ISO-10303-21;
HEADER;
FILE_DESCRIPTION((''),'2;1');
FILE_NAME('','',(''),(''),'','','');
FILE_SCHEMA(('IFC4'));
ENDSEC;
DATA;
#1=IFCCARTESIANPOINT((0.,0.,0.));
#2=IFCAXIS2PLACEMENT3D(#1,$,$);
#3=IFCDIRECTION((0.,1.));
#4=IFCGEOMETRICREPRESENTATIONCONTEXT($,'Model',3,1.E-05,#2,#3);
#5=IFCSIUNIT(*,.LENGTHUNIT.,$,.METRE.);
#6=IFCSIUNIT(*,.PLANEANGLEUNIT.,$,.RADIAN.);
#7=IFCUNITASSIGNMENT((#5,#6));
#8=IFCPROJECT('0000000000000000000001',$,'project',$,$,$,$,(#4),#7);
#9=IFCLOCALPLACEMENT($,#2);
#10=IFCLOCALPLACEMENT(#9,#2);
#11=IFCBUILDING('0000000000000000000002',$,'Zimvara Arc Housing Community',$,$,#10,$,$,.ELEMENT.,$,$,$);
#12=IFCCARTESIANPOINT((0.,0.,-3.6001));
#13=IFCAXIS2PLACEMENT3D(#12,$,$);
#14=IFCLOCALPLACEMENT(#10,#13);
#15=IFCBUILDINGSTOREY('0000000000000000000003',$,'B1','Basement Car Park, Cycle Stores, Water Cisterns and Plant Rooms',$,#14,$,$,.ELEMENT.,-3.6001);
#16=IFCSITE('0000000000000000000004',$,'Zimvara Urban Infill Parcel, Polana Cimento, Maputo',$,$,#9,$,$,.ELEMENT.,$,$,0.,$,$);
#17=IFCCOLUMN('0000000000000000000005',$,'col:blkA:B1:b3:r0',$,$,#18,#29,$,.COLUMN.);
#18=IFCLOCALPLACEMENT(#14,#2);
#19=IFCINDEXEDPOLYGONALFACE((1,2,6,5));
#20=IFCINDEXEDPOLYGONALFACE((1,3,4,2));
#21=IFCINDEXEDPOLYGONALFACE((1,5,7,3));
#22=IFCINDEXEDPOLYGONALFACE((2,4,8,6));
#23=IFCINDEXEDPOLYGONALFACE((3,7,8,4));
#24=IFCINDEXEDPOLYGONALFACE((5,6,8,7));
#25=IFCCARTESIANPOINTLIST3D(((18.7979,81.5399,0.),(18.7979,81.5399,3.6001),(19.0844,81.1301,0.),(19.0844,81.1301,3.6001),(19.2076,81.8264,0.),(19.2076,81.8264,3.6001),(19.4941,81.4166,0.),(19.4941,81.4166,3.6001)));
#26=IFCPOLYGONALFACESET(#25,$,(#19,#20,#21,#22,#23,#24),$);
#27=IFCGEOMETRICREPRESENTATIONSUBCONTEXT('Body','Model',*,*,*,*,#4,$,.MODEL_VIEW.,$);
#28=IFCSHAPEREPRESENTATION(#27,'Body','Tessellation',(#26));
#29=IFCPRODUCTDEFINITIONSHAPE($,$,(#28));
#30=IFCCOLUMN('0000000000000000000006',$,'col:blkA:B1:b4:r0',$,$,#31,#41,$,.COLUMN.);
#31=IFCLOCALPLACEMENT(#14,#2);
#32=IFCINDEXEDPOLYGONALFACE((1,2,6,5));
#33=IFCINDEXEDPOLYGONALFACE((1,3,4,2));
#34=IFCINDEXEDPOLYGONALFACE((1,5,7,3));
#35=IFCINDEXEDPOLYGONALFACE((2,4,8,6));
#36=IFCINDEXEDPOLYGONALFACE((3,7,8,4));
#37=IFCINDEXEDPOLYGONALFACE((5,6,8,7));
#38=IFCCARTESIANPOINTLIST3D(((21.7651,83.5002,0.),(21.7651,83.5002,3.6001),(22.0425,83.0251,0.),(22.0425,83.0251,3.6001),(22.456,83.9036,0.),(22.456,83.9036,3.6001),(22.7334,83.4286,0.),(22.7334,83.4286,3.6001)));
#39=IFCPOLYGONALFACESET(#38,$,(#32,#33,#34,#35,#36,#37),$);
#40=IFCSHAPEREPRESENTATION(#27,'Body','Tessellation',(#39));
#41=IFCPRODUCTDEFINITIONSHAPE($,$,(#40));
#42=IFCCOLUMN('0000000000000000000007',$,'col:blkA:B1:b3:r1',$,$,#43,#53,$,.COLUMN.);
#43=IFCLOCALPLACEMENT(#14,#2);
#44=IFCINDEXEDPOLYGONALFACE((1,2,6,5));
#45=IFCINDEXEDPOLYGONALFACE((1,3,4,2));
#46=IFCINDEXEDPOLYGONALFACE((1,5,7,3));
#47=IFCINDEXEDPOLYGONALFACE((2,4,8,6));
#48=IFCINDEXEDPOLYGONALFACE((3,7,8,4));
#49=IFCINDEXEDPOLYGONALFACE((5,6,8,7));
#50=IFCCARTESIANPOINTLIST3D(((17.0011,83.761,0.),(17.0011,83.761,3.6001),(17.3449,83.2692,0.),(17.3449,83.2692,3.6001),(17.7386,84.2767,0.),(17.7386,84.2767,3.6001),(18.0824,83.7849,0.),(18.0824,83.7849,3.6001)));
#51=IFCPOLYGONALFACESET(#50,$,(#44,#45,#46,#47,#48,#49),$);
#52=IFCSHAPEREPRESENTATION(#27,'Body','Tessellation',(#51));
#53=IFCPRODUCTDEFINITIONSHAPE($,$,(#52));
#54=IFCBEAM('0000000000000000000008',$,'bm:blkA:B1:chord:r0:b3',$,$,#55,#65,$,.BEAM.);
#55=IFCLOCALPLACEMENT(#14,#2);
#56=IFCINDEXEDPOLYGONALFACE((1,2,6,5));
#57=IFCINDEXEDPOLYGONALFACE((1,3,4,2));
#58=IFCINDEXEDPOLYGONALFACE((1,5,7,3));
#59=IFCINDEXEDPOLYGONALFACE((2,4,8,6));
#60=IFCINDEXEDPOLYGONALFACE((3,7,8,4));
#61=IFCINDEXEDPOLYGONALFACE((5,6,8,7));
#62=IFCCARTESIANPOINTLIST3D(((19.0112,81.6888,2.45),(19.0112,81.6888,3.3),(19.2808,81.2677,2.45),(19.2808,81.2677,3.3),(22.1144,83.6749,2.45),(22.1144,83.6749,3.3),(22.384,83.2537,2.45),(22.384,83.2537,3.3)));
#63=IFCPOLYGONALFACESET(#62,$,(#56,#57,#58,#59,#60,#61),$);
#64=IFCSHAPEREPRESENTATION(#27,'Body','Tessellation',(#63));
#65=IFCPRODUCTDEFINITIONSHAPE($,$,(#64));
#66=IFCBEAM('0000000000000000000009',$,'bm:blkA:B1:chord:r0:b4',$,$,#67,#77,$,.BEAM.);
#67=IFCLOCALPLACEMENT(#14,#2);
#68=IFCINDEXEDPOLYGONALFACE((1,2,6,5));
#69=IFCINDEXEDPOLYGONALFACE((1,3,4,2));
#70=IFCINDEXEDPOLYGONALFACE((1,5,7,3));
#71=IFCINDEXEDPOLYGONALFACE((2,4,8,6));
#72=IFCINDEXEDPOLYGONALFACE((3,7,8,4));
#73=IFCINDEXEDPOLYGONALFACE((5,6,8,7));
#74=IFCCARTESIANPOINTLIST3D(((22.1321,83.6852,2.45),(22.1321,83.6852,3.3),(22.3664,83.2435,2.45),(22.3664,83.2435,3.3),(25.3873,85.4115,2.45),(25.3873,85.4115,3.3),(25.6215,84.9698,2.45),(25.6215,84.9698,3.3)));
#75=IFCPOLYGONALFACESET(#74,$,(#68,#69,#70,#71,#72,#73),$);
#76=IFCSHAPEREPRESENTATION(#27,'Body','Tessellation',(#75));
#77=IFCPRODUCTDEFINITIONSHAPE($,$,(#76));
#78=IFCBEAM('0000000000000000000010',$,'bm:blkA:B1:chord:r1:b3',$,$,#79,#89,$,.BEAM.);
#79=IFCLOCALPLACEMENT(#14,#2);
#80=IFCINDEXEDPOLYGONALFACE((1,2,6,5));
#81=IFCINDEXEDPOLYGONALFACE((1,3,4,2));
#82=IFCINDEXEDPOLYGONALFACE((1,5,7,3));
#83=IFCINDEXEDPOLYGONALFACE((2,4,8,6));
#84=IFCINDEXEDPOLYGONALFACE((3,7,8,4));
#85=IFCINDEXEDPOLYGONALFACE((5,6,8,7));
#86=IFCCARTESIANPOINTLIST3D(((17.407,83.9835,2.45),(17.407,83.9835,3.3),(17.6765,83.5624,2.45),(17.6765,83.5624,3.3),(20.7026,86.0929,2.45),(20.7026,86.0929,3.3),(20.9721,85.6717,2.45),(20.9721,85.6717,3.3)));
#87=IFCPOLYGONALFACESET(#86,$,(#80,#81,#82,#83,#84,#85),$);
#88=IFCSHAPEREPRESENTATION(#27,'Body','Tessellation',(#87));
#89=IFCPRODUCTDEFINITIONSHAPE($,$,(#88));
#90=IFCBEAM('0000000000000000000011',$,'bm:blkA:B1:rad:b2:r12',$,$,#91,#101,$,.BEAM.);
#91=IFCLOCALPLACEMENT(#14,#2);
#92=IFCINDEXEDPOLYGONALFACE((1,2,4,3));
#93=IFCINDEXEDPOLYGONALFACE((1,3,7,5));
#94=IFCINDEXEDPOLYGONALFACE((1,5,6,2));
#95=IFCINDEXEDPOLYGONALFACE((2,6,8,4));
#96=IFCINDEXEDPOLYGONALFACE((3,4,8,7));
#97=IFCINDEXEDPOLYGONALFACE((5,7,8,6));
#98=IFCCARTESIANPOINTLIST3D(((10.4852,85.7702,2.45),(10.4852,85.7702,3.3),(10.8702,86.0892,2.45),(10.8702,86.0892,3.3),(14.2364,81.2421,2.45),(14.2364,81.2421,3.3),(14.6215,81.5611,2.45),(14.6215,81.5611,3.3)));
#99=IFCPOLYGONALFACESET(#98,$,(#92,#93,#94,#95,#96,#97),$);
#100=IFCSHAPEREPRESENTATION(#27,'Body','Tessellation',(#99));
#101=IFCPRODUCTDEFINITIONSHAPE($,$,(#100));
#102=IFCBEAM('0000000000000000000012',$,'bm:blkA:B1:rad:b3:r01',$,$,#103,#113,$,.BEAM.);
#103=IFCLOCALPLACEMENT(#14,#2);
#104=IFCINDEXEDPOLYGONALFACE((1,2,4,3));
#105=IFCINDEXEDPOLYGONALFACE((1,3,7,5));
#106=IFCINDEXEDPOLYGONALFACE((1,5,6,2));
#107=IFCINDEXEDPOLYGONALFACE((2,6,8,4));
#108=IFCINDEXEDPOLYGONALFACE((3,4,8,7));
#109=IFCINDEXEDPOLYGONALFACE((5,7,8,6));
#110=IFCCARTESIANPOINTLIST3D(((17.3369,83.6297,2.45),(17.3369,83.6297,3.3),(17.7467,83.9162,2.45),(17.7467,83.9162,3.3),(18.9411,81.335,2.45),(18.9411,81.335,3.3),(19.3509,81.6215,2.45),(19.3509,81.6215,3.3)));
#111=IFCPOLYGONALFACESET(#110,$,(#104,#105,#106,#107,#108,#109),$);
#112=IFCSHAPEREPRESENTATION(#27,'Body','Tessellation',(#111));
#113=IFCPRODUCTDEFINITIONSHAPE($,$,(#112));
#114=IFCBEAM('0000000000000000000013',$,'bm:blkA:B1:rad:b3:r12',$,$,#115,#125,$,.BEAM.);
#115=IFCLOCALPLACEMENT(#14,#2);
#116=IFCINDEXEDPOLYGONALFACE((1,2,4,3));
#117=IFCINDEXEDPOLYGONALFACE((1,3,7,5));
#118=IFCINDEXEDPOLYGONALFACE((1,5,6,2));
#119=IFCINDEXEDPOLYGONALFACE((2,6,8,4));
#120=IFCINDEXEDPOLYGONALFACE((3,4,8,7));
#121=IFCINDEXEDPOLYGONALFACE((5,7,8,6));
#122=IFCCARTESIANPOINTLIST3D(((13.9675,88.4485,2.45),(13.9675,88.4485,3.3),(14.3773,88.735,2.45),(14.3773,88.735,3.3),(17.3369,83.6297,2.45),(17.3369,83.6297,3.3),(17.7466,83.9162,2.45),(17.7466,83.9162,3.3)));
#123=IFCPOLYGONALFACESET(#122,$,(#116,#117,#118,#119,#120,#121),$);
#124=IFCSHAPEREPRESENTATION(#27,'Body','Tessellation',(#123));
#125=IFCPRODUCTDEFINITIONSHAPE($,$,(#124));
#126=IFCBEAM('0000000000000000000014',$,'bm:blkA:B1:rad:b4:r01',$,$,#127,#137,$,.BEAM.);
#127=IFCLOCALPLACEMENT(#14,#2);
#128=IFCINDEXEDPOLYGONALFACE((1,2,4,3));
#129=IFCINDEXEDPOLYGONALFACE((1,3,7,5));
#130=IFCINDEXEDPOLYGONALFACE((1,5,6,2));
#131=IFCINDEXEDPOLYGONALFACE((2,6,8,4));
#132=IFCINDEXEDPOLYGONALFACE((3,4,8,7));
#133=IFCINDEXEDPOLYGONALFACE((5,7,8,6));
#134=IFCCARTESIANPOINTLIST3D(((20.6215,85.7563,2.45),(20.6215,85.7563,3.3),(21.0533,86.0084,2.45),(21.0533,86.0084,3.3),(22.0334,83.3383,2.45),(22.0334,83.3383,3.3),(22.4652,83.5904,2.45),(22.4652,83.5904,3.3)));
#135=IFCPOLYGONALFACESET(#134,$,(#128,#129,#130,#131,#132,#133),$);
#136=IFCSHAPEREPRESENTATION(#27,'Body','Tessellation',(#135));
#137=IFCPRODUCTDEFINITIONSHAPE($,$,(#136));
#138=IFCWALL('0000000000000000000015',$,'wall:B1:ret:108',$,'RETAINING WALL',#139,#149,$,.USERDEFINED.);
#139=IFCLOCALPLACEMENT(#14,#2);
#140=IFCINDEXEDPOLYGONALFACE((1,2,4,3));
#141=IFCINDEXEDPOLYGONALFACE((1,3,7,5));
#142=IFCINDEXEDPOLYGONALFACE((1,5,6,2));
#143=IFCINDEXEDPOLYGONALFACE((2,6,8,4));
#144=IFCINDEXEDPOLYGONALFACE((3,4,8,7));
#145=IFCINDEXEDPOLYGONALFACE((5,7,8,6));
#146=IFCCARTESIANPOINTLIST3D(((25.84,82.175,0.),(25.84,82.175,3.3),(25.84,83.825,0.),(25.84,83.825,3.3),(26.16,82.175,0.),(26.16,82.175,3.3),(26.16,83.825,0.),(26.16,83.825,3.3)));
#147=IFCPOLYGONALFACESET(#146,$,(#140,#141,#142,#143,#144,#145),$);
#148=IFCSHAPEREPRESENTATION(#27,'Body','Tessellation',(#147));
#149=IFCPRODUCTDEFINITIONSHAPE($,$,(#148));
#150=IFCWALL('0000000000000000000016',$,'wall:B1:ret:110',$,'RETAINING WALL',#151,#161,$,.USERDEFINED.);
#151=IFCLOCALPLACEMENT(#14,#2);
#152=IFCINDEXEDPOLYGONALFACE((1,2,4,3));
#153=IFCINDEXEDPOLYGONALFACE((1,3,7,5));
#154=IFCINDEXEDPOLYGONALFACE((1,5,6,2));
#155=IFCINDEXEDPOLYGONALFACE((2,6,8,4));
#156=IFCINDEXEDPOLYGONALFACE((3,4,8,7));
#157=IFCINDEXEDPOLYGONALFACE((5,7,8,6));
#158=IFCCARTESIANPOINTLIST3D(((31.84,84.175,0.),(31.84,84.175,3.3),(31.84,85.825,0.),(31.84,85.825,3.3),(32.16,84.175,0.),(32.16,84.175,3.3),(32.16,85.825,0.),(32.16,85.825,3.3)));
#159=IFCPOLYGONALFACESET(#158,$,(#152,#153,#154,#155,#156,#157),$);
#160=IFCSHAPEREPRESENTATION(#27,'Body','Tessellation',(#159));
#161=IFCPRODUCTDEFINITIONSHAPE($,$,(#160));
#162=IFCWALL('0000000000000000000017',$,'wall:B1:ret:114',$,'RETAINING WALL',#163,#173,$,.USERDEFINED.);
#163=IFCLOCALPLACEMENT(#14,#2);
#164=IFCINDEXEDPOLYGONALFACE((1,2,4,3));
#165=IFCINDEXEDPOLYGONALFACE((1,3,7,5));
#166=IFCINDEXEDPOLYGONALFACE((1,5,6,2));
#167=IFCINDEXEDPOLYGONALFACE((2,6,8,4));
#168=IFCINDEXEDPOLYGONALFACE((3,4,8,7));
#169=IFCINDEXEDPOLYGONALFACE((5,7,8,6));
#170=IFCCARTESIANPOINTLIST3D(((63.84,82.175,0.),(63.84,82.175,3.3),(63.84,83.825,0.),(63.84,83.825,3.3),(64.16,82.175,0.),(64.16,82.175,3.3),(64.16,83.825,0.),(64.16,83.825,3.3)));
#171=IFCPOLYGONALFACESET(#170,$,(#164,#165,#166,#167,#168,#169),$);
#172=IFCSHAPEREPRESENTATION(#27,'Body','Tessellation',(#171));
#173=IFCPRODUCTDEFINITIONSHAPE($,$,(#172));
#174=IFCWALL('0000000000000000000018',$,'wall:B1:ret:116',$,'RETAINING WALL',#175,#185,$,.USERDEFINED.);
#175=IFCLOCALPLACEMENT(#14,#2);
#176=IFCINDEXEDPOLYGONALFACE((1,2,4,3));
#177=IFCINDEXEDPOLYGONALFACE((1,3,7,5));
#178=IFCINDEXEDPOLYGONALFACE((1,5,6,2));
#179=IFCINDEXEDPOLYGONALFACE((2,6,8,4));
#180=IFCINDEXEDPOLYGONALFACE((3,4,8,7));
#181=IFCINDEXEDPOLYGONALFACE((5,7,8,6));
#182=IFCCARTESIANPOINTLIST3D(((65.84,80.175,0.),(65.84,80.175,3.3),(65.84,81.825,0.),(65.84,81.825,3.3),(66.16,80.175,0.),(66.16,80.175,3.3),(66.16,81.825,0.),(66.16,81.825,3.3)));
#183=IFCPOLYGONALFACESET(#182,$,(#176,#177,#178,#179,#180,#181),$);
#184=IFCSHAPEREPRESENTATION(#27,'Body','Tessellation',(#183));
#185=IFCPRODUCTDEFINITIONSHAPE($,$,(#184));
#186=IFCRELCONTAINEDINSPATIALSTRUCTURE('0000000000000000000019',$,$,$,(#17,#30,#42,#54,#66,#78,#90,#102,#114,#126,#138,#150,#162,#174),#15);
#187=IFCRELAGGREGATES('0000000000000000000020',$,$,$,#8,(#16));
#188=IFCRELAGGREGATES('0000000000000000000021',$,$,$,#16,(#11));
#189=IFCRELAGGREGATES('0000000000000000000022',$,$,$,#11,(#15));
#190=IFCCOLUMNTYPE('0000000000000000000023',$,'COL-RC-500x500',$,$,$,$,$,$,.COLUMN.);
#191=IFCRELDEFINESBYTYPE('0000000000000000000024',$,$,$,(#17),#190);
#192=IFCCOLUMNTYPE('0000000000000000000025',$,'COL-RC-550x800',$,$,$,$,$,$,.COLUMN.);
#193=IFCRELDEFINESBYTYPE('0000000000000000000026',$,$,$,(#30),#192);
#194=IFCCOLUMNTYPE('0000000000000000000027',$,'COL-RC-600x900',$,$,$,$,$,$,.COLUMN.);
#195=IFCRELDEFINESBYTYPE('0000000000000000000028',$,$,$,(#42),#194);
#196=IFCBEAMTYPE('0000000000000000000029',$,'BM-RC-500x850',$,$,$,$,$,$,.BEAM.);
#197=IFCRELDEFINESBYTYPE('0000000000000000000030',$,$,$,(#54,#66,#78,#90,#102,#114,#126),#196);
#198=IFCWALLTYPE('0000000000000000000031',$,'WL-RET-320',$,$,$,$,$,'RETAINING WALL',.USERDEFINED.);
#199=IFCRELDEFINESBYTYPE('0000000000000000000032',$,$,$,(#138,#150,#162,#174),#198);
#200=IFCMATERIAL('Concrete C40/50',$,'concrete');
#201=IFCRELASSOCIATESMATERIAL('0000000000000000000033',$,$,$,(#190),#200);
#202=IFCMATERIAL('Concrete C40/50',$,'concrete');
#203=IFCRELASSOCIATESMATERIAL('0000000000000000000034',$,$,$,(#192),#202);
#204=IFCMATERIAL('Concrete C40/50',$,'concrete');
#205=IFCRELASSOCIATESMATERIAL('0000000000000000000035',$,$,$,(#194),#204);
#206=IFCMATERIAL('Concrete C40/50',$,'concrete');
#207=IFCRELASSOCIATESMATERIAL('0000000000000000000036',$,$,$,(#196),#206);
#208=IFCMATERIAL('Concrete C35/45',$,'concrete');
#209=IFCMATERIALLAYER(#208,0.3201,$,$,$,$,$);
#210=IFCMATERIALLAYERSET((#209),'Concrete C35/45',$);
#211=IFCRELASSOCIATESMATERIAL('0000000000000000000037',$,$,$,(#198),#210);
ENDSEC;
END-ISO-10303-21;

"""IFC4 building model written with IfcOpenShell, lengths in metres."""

from ifc_helpers import new_model, si_unit, direction, frame, frame_2d, origin, origin_2d, place, context, subcontext, project, spatial, rectangle, extrude, material, layer, layer_set, material_profile, profile_set, type_object, element, save


model = new_model("IFC4")

# Units and contexts
model_context = context("Model", 3, precision=1e-05, world=origin(), true_north=direction((0.0, 1.0)))
body_context = subcontext(model_context, "Body", "Model", "MODEL_VIEW")
ifc_project = project(units=[si_unit("LENGTHUNIT", "METRE"), si_unit("PLANEANGLEUNIT", "RADIAN")], contexts=[model_context])

# Site, building, storey
site_placement = place(None, origin())
site = spatial("IfcSite", under=ifc_project, at=site_placement, Name="Zimvara Urban Infill Parcel, Polana Cimento, Maputo", CompositionType="ELEMENT", RefElevation=0.0)
building_placement = place(site_placement, origin())
building = spatial("IfcBuilding", under=site, at=building_placement, Name="Zimvara Arc Housing Community", CompositionType="ELEMENT")
storey_placement = place(building_placement, frame((0.0, 0.0, -3.6001)))
storey = spatial("IfcBuildingStorey", under=building, at=storey_placement, Name="B1", Description="Basement Car Park, Cycle Stores, Water Cisterns and Plant Rooms", CompositionType="ELEMENT", Elevation=-3.6001)

# Columns
ifc_material_1 = material(Name="Concrete C40/50", Category="concrete")
ifc_material_profile_1 = material_profile(ifc_material_1, rectangle(XDim=0.5, YDim=0.5, at=origin_2d()), Name="RC 500x500")
ifc_profile_set_1 = profile_set([ifc_material_profile_1], Name="Concrete C40/50")
column_type_1 = type_object("IfcColumnType", Name="COL-RC-500x500", PredefinedType="COLUMN", material=ifc_profile_set_1)
column_1_placement = place(storey_placement, frame((19.146, 81.4783, 0.0), z_axis=(0.0, 0.0, 1.0), x_axis=(-0.573004, 0.819552, 0.0)))
element("IfcColumn", 1, at=column_1_placement, inside=storey, type_object=column_type_1, Name="col:blkA:B1:b3:r0", PredefinedType="COLUMN", context=body_context, shape_type="SweptSolid", body=[
    extrude(rectangle(XDim=0.5, YDim=0.5, at=origin_2d()), origin(), (0.0, 0.0, 1.0), 3.6001),
])
ifc_material_2 = material(Name="Concrete C40/50", Category="concrete")
ifc_material_profile_2 = material_profile(ifc_material_2, rectangle(XDim=0.55, YDim=0.8, at=origin_2d()), Name="RC 550x800")
ifc_profile_set_2 = profile_set([ifc_material_profile_2], Name="Concrete C40/50")
column_type_2 = type_object("IfcColumnType", Name="COL-RC-550x800", PredefinedType="COLUMN", material=ifc_profile_set_2)
column_2_placement = place(storey_placement, frame((22.2493, 83.4644, 0.0), z_axis=(0.0, 0.0, 1.0), x_axis=(-0.504226, 0.863572, 0.0)))
element("IfcColumn", 2, at=column_2_placement, inside=storey, type_object=column_type_2, Name="col:blkA:B1:b4:r0", PredefinedType="COLUMN", context=body_context, shape_type="SweptSolid", body=[
    extrude(rectangle(XDim=0.55, YDim=0.8, at=origin_2d()), origin(), (0.0, 0.0, 1.0), 3.6001),
])
ifc_material_3 = material(Name="Concrete C40/50", Category="concrete")
ifc_material_profile_3 = material_profile(ifc_material_3, rectangle(XDim=0.6001, YDim=0.8999, at=origin_2d()), Name="RC 600x900")
ifc_profile_set_3 = profile_set([ifc_material_profile_3], Name="Concrete C40/50")
column_type_3 = type_object("IfcColumnType", Name="COL-RC-600x900", PredefinedType="COLUMN", material=ifc_profile_set_3)
column_3_placement = place(storey_placement, frame((17.5417, 83.7729, 0.0), z_axis=(0.0, 0.0, 1.0), x_axis=(-0.573004, 0.819552, 0.0)))
element("IfcColumn", 3, at=column_3_placement, inside=storey, type_object=column_type_3, Name="col:blkA:B1:b3:r1", PredefinedType="COLUMN", context=body_context, shape_type="SweptSolid", body=[
    extrude(rectangle(XDim=0.6001, YDim=0.8999, at=origin_2d()), origin(), (0.0, 0.0, 1.0), 3.6001),
])

# Beams
ifc_material_4 = material(Name="Concrete C40/50", Category="concrete")
ifc_material_profile_4 = material_profile(ifc_material_4, rectangle(XDim=0.5, YDim=0.8501, at=origin_2d()), Name="RC 500x850")
ifc_profile_set_4 = profile_set([ifc_material_profile_4], Name="Concrete C40/50")
beam_type = type_object("IfcBeamType", Name="BM-RC-500x850", PredefinedType="BEAM", material=ifc_profile_set_4)
beam_1_placement = place(storey_placement, frame((19.146, 81.4783, 2.875), z_axis=(0.842273, 0.539052, 0.0), x_axis=(-0.539052, 0.842273, 0.0)))
element("IfcBeam", 4, at=beam_1_placement, inside=storey, type_object=beam_type, Name="bm:blkA:B1:chord:r0:b3", PredefinedType="BEAM", context=body_context, shape_type="SweptSolid", body=[
    extrude(rectangle(XDim=0.5, YDim=0.8501, at=origin_2d()), origin(), (0.0, 0.0, 1.0), 3.6843),
])
beam_2_placement = place(storey_placement, frame((22.2493, 83.4644, 2.875), z_axis=(0.883449, 0.468527, 0.0), x_axis=(-0.468527, 0.883449, 0.0)))
element("IfcBeam", 5, at=beam_2_placement, inside=storey, type_object=beam_type, Name="bm:blkA:B1:chord:r0:b4", PredefinedType="BEAM", context=body_context, shape_type="SweptSolid", body=[
    extrude(rectangle(XDim=0.5, YDim=0.8501, at=origin_2d()), origin(), (0.0, 0.0, 1.0), 3.6846),
])
beam_3_placement = place(storey_placement, frame((17.5417, 83.7729, 2.875), z_axis=(0.842253, 0.539082, 0.0), x_axis=(-0.539082, 0.842253, 0.0)))
element("IfcBeam", 6, at=beam_3_placement, inside=storey, type_object=beam_type, Name="bm:blkA:B1:chord:r1:b3", PredefinedType="BEAM", context=body_context, shape_type="SweptSolid", body=[
    extrude(rectangle(XDim=0.5, YDim=0.8501, at=origin_2d()), origin(), (0.0, 0.0, 1.0), 3.9128),
])
beam_4_placement = place(storey_placement, frame((14.429, 81.4016, 2.875), z_axis=(-0.637956, 0.770073, 0.0), x_axis=(-0.770073, -0.637956, 0.0)))
element("IfcBeam", 7, at=beam_4_placement, inside=storey, type_object=beam_type, Name="bm:blkA:B1:rad:b2:r12", PredefinedType="BEAM", context=body_context, shape_type="SweptSolid", body=[
    extrude(rectangle(XDim=0.5, YDim=0.8501, at=origin_2d()), origin(), (0.0, 0.0, 1.0), 5.8801),
])
beam_5_placement = place(storey_placement, frame((19.146, 81.4783, 2.875), z_axis=(-0.572977, 0.819572, 0.0), x_axis=(-0.819572, -0.572977, 0.0)))
element("IfcBeam", 8, at=beam_5_placement, inside=storey, type_object=beam_type, Name="bm:blkA:B1:rad:b3:r01", PredefinedType="BEAM", context=body_context, shape_type="SweptSolid", body=[
    extrude(rectangle(XDim=0.5, YDim=0.8501, at=origin_2d()), origin(), (0.0, 0.0, 1.0), 2.7998),
])
beam_6_placement = place(storey_placement, frame((17.5417, 83.7729, 2.875), z_axis=(-0.573028, 0.819536, 0.0), x_axis=(-0.819536, -0.573028, 0.0)))
element("IfcBeam", 9, at=beam_6_placement, inside=storey, type_object=beam_type, Name="bm:blkA:B1:rad:b3:r12", PredefinedType="BEAM", context=body_context, shape_type="SweptSolid", body=[
    extrude(rectangle(XDim=0.5, YDim=0.8501, at=origin_2d()), origin(), (0.0, 0.0, 1.0), 5.8799),
])
beam_7_placement = place(storey_placement, frame((22.2493, 83.4644, 2.875), z_axis=(-0.50424, 0.863564, 0.0), x_axis=(-0.863564, -0.50424, 0.0)))
element("IfcBeam", 10, at=beam_7_placement, inside=storey, type_object=beam_type, Name="bm:blkA:B1:rad:b4:r01", PredefinedType="BEAM", context=body_context, shape_type="SweptSolid", body=[
    extrude(rectangle(XDim=0.5, YDim=0.8501, at=origin_2d()), origin(), (0.0, 0.0, 1.0), 2.8),
])

# Walls
ifc_material_5 = material(Name="Concrete C35/45", Category="concrete")
ifc_layer_1 = layer(ifc_material_5, 0.3201)
ifc_layer_set_1 = layer_set([ifc_layer_1], Name="Concrete C35/45")
wall_type_1 = type_object("IfcWallType", Name="WL-RET-320", ElementType="RETAINING WALL", PredefinedType="USERDEFINED", material=ifc_layer_set_1)
for number, where, z_axis, x_axis, name in (
    (11, (26.0, 82.175, 0.0), (0.0, 0.0, 1.0), (0.0, 1.0, 0.0), "wall:B1:ret:108"),
    (12, (32.0, 84.175, 0.0), (0.0, 0.0, 1.0), (0.0, 1.0, 0.0), "wall:B1:ret:110"),
    (13, (64.0, 83.825, 0.0), (0.0, 0.0, 1.0), (0.0, -1.0, 0.0), "wall:B1:ret:114"),
    (14, (66.0, 81.825, 0.0), (0.0, 0.0, 1.0), (0.0, -1.0, 0.0), "wall:B1:ret:116"),
):
    element("IfcWall", number, at=place(storey_placement, frame(where, z_axis=z_axis, x_axis=x_axis)), inside=storey, type_object=wall_type_1, Name=name, ObjectType="RETAINING WALL", PredefinedType="USERDEFINED", context=body_context, shape_type="SweptSolid", body=[
        extrude(rectangle(XDim=1.6499, YDim=0.3201, at=frame_2d((0.825, 0.0))), origin(), (0.0, 0.0, 1.0), 3.3),
    ])

save(model, "model.ifc")
